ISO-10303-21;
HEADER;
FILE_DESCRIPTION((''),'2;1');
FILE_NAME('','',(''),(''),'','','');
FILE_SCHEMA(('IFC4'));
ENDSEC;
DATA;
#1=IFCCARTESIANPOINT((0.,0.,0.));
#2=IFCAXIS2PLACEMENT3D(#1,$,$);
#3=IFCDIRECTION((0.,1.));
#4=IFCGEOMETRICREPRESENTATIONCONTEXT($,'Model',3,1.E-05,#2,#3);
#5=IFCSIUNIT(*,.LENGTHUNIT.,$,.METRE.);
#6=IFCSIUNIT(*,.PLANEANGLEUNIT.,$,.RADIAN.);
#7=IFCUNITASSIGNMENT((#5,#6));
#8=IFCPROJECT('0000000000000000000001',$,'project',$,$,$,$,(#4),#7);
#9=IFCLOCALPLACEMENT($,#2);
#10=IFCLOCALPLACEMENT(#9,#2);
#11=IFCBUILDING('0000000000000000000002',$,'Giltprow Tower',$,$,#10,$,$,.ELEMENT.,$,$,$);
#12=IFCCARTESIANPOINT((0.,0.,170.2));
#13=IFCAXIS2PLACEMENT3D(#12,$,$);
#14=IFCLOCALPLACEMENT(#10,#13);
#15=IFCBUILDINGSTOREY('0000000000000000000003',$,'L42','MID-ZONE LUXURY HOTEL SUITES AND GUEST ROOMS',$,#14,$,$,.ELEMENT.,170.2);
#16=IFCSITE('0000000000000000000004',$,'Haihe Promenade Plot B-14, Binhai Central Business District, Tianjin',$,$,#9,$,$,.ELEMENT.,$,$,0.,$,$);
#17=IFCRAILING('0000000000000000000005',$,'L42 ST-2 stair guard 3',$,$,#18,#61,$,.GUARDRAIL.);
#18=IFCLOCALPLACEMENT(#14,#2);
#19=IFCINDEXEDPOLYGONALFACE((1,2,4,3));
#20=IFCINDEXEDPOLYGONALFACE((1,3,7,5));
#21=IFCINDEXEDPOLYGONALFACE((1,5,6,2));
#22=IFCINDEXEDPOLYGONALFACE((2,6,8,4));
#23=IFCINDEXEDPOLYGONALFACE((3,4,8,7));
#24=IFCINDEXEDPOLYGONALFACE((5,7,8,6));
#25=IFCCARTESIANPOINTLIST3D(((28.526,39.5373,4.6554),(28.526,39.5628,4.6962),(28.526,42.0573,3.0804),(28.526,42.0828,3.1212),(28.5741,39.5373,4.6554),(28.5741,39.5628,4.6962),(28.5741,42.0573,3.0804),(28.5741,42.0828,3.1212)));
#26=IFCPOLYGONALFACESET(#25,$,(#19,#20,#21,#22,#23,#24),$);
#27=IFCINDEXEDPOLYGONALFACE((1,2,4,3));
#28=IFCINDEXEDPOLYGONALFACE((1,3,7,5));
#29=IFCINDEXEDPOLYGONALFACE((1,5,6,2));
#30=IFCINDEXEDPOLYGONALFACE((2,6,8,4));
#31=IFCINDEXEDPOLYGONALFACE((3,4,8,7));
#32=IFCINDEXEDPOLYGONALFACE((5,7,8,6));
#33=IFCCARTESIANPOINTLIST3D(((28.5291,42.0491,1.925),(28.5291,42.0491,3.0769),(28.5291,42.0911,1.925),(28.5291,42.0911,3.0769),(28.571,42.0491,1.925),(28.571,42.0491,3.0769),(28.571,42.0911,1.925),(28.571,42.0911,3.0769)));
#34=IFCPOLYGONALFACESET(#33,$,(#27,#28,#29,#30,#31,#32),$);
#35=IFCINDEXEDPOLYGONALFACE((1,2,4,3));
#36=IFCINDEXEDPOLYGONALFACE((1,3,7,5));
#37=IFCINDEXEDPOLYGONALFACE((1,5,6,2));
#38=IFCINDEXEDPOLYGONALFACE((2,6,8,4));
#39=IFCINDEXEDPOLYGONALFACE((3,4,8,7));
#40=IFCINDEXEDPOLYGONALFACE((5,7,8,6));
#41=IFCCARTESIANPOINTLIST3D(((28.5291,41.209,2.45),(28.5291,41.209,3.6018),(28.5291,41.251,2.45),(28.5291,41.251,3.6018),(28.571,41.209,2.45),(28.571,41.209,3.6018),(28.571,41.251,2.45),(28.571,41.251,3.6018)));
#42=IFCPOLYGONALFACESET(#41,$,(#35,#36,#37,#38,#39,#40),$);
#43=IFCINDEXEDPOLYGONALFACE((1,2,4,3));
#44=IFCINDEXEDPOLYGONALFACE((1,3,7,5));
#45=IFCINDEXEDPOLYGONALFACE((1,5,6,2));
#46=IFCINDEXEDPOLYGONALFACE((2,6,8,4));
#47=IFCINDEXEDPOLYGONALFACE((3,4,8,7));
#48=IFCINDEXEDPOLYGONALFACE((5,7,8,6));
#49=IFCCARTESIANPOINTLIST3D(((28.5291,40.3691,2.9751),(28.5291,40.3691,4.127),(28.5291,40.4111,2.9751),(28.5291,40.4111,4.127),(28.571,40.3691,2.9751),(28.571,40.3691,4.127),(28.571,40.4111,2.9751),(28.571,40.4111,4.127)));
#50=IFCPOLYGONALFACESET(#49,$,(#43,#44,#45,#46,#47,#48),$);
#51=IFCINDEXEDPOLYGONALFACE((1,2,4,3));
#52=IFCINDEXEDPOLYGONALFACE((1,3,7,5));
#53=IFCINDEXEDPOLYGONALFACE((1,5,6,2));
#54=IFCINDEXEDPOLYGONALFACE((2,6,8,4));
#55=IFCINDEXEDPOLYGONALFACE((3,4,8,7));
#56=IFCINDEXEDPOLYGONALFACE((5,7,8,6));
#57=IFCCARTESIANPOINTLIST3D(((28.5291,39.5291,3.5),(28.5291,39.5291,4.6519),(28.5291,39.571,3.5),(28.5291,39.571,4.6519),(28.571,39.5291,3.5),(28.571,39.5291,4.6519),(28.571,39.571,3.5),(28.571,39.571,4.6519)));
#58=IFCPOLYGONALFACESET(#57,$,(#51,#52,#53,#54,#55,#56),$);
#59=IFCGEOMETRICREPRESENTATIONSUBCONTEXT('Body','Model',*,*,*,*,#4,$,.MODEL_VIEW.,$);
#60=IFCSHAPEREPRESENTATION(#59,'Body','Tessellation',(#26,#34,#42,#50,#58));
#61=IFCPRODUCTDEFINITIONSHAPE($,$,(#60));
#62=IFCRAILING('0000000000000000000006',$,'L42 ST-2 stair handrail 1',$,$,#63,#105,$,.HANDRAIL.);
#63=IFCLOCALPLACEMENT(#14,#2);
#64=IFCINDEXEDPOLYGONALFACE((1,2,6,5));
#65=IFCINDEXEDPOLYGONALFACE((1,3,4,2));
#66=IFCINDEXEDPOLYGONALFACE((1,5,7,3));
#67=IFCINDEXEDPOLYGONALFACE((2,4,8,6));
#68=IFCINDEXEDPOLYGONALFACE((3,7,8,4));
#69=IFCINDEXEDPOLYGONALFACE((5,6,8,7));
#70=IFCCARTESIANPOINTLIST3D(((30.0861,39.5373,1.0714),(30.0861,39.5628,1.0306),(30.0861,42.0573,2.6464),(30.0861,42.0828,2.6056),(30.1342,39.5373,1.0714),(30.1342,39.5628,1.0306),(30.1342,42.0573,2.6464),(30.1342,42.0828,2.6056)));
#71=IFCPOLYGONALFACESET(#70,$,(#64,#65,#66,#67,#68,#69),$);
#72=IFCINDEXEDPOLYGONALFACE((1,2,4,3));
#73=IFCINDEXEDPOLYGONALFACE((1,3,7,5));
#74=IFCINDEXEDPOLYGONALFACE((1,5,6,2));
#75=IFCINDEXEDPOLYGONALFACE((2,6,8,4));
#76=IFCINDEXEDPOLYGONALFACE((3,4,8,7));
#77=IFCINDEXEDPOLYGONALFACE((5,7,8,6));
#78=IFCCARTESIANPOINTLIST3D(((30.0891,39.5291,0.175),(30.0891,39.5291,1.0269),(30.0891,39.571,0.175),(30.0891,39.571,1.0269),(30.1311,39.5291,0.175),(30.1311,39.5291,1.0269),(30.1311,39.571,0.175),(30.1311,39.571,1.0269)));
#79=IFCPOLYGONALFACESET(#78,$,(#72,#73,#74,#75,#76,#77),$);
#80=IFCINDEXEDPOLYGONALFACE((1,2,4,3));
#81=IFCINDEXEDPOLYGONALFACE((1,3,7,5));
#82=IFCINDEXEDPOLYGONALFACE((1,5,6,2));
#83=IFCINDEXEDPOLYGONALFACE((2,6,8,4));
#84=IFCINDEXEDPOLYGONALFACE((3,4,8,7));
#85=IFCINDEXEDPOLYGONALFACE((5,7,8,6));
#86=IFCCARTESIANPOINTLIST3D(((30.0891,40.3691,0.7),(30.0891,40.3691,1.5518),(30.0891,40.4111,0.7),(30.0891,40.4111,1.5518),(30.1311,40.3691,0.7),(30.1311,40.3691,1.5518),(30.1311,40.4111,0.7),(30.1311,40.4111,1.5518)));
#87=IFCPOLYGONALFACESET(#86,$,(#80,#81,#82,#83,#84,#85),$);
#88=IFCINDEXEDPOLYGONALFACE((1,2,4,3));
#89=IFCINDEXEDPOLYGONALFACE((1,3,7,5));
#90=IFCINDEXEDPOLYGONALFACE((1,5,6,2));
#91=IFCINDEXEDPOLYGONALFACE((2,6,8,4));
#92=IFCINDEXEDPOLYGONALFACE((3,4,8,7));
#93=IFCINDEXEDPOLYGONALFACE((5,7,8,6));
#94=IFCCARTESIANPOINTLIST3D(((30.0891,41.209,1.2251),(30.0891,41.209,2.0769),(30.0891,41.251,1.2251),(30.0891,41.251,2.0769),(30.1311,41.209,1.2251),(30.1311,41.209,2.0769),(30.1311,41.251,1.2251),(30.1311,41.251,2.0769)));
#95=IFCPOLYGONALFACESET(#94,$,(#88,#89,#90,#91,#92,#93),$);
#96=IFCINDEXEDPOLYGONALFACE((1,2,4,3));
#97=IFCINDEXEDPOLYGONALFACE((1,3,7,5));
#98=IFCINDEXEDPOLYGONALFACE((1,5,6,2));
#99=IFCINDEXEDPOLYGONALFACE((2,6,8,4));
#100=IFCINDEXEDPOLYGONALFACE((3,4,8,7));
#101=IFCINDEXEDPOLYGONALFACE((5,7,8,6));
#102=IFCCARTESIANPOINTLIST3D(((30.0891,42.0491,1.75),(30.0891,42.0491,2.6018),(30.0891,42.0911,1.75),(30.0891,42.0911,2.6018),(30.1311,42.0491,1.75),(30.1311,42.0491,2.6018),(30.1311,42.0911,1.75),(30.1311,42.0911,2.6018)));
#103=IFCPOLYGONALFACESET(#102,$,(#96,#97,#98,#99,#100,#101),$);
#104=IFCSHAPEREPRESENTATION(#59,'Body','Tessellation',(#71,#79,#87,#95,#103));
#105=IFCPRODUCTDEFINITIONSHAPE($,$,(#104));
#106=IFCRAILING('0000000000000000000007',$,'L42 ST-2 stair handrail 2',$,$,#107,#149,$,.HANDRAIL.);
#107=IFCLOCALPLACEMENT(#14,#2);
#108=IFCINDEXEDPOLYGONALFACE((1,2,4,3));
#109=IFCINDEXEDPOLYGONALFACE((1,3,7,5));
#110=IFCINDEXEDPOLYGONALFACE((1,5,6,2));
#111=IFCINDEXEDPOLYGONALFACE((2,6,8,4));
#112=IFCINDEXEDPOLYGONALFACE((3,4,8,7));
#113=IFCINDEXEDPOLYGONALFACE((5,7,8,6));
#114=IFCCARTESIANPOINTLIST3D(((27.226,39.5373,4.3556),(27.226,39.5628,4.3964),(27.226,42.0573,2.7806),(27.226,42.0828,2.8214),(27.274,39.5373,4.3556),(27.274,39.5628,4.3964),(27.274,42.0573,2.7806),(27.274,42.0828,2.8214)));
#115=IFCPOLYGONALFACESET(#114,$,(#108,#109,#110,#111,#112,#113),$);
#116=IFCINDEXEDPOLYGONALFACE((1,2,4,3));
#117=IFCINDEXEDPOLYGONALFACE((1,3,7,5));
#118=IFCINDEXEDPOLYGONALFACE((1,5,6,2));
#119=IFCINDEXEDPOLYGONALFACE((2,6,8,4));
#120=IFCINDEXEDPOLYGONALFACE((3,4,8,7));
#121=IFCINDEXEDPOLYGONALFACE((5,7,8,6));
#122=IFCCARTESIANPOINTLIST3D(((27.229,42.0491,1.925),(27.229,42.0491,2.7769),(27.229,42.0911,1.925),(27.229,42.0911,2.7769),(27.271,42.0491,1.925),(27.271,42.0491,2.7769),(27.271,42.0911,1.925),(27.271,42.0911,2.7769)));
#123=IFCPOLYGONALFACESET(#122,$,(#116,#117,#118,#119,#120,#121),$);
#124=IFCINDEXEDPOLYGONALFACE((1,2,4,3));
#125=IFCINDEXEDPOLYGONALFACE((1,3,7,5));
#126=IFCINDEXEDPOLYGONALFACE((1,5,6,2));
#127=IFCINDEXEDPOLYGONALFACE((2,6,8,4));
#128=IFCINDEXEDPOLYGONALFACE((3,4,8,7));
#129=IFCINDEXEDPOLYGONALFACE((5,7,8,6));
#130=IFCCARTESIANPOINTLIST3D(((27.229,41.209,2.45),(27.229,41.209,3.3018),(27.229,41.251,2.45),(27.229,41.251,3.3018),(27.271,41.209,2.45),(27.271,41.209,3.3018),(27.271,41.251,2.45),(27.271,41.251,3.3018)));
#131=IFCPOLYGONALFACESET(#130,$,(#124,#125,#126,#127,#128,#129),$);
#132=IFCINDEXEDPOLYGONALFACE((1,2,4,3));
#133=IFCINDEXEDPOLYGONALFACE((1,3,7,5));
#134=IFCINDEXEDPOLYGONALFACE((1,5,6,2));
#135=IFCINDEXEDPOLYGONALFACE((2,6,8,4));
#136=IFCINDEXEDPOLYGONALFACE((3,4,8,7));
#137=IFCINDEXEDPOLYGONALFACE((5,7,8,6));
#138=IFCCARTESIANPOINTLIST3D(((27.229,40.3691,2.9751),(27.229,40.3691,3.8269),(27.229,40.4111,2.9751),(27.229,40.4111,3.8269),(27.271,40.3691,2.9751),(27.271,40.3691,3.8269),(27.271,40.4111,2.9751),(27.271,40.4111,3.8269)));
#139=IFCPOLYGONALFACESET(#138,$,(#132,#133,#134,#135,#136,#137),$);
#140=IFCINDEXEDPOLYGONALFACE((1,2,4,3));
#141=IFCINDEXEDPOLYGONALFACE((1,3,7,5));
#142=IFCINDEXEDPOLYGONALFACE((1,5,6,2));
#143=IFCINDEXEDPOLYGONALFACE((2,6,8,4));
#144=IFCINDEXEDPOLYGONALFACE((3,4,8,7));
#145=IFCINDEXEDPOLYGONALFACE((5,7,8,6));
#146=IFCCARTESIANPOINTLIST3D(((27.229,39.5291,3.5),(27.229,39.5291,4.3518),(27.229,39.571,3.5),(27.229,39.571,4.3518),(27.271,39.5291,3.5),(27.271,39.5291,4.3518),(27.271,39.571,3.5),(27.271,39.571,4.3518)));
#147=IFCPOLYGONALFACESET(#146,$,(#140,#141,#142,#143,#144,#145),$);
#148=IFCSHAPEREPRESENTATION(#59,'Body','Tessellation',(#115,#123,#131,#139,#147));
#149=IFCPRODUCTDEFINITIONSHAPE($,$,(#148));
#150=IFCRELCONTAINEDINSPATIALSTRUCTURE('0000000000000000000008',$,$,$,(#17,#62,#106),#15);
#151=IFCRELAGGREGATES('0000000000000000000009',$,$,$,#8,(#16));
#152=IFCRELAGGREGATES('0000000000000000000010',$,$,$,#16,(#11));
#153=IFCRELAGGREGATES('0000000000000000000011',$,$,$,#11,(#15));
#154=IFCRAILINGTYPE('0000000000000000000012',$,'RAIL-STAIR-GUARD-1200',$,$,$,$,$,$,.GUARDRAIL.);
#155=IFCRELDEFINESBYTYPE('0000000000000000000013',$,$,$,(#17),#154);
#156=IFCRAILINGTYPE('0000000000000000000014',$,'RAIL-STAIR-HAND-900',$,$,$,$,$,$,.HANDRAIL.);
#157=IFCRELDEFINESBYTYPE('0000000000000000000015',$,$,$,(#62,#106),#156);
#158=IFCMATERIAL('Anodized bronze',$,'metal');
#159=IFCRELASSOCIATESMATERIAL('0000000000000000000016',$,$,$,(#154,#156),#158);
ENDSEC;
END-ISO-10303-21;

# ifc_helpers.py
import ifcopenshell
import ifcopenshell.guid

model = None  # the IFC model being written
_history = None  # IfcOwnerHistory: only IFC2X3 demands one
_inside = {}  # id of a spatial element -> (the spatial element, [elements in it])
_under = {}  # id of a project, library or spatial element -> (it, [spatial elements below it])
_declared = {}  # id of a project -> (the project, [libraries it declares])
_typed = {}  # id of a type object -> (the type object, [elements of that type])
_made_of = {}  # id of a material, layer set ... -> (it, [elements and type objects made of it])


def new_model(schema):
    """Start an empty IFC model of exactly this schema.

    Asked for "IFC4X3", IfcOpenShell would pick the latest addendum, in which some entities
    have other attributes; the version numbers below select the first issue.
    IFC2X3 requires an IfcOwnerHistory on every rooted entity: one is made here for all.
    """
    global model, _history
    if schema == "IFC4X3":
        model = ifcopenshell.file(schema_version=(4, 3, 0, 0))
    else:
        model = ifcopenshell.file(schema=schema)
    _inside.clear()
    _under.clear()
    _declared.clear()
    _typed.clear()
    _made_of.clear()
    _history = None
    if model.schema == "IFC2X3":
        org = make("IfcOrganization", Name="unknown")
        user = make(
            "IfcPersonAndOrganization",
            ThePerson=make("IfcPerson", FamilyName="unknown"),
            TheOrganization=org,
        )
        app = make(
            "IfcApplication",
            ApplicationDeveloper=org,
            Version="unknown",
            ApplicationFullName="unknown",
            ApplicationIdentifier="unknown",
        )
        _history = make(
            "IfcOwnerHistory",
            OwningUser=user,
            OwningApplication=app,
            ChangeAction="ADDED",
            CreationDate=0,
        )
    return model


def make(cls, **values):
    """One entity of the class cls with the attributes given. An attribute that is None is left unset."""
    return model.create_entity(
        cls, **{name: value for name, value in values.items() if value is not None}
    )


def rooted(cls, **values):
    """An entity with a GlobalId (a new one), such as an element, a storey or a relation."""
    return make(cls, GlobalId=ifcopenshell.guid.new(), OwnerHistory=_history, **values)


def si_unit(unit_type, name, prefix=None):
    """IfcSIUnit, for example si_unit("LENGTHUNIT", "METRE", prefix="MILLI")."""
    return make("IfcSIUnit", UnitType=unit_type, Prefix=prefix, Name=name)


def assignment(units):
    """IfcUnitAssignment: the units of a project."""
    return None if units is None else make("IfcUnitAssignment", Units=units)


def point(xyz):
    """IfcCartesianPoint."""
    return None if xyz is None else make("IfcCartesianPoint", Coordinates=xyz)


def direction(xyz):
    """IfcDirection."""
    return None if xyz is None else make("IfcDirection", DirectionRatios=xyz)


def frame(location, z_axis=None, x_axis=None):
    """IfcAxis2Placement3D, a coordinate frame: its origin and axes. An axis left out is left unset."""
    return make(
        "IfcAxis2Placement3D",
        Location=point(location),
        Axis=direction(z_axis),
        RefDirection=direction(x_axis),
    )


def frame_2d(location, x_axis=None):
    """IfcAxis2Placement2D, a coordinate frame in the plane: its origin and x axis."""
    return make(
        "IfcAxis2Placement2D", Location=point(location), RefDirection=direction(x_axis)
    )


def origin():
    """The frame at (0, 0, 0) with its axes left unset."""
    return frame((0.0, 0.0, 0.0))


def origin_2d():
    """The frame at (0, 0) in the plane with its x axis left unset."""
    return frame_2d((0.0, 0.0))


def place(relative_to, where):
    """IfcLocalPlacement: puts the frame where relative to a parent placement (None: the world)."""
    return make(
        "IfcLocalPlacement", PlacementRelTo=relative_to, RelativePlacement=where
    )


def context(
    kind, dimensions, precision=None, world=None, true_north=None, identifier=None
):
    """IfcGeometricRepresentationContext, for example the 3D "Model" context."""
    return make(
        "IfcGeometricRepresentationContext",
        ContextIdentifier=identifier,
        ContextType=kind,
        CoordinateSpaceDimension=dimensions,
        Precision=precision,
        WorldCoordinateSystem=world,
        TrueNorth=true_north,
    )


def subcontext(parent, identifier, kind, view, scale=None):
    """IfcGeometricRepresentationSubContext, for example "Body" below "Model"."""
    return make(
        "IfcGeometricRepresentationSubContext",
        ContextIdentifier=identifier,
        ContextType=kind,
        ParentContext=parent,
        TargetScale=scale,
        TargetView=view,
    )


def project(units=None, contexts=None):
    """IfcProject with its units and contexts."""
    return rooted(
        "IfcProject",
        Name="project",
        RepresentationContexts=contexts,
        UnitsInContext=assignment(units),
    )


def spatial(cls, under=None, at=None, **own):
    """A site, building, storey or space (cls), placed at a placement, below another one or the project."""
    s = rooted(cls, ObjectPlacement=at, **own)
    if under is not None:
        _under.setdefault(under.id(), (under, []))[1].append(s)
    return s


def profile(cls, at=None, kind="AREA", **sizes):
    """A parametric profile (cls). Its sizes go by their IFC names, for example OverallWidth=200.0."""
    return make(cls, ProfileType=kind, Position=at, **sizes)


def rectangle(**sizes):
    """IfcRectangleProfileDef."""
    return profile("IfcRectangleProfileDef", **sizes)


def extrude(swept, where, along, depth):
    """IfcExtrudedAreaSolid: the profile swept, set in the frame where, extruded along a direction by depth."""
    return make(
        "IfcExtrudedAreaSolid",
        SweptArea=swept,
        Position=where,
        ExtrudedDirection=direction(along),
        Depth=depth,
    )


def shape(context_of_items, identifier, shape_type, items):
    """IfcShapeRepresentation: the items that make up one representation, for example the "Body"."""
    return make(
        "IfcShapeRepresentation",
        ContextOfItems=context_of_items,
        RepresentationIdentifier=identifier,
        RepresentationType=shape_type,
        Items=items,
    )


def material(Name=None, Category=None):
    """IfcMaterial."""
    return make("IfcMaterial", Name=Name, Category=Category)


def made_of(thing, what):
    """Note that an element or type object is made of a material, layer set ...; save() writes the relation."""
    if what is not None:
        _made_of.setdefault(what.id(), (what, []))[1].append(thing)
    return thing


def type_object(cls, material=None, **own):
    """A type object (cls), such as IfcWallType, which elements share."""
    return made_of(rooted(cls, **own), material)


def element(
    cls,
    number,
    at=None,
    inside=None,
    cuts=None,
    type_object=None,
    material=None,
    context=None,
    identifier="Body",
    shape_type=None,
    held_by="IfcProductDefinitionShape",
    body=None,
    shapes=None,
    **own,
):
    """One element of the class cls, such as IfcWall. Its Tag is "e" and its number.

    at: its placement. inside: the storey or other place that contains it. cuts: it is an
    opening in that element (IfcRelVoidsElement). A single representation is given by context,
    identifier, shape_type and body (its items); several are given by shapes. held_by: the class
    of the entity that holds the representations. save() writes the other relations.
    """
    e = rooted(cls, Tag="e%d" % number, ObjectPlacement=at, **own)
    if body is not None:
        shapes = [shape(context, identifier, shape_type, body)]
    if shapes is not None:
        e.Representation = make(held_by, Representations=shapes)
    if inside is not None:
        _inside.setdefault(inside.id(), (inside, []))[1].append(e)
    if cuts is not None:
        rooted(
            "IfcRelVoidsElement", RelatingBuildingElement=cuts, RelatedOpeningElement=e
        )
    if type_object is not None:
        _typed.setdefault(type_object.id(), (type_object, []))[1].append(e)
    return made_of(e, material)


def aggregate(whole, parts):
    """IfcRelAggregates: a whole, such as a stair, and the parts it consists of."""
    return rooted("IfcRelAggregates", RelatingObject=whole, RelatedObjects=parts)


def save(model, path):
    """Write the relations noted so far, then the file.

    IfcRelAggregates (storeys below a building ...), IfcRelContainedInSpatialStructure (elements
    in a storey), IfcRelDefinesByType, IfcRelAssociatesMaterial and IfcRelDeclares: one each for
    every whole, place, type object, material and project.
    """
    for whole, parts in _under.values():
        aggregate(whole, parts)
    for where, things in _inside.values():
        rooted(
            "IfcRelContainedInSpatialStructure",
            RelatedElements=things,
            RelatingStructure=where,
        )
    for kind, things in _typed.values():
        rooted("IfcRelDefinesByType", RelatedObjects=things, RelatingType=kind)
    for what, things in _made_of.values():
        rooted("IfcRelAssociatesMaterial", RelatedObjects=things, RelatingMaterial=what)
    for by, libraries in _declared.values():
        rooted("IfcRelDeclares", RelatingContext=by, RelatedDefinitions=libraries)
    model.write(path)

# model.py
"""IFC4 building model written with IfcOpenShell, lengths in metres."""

from ifc_helpers import new_model, si_unit, direction, frame, origin, origin_2d, place, context, subcontext, project, spatial, rectangle, extrude, material, type_object, element, save


model = new_model("IFC4")

# Units and contexts
model_context = context("Model", 3, precision=1e-05, world=origin(), true_north=direction((0.0, 1.0)))
body_context = subcontext(model_context, "Body", "Model", "MODEL_VIEW")
ifc_project = project(units=[si_unit("LENGTHUNIT", "METRE"), si_unit("PLANEANGLEUNIT", "RADIAN")], contexts=[model_context])

# Site, building, storey
site_placement = place(None, origin())
site = spatial("IfcSite", under=ifc_project, at=site_placement, Name="Haihe Promenade Plot B-14, Binhai Central Business District, Tianjin", CompositionType="ELEMENT", RefElevation=0.0)
building_placement = place(site_placement, origin())
building = spatial("IfcBuilding", under=site, at=building_placement, Name="Giltprow Tower", CompositionType="ELEMENT")
storey_placement = place(building_placement, frame((0.0, 0.0, 170.2)))
storey = spatial("IfcBuildingStorey", under=building, at=storey_placement, Name="L42", Description="MID-ZONE LUXURY HOTEL SUITES AND GUEST ROOMS", CompositionType="ELEMENT", Elevation=170.2)

# Railings
ifc_material_1 = material(Name="Anodized bronze", Category="metal")
railing_type_1 = type_object("IfcRailingType", Name="RAIL-STAIR-GUARD-1200", PredefinedType="GUARDRAIL", material=ifc_material_1)
railing_1_placement = place(storey_placement, frame((28.55, 42.0701, 1.925)))
element("IfcRailing", 1, at=railing_1_placement, inside=storey, type_object=railing_type_1, Name="L42 ST-2 stair guard 3", PredefinedType="GUARDRAIL", context=body_context, shape_type="SweptSolid", body=[
    extrude(rectangle(XDim=0.0481, YDim=0.0481, at=origin_2d()), frame((0.0, 0.0, 1.1758), z_axis=(0.0, -0.848008, 0.529984), x_axis=(1.0, 0.0, 0.0)), (0.0, 0.0, 1.0), 2.9717),
    extrude(rectangle(XDim=0.042, YDim=0.042, at=origin_2d()), origin(), (0.0, 0.0, 1.0), 1.1519),
    extrude(rectangle(XDim=0.042, YDim=0.042, at=origin_2d()), frame((0.0, -0.8401, 0.5249)), (0.0, 0.0, 1.0), 1.1519),
    extrude(rectangle(XDim=0.042, YDim=0.042, at=origin_2d()), frame((0.0, -1.6799, 1.05)), (0.0, 0.0, 1.0), 1.1519),
    extrude(rectangle(XDim=0.042, YDim=0.042, at=origin_2d()), frame((0.0, -2.52, 1.575)), (0.0, 0.0, 1.0), 1.1519),
])
railing_type_2 = type_object("IfcRailingType", Name="RAIL-STAIR-HAND-900", PredefinedType="HANDRAIL", material=ifc_material_1)
railing_2_placement = place(storey_placement, frame((30.1101, 39.55, 0.175)))
element("IfcRailing", 2, at=railing_2_placement, inside=storey, type_object=railing_type_2, Name="L42 ST-2 stair handrail 1", PredefinedType="HANDRAIL", context=body_context, shape_type="SweptSolid", body=[
    extrude(rectangle(XDim=0.0481, YDim=0.0481, at=origin_2d()), frame((0.0, 0.0, 0.876), z_axis=(0.0, 0.848008, 0.529984), x_axis=(-1.0, 0.0, 0.0)), (0.0, 0.0, 1.0), 2.9717),
    extrude(rectangle(XDim=0.042, YDim=0.042, at=origin_2d()), origin(), (0.0, 0.0, 1.0), 0.8518),
    extrude(rectangle(XDim=0.042, YDim=0.042, at=origin_2d()), frame((0.0, 0.8401, 0.5249)), (0.0, 0.0, 1.0), 0.8518),
    extrude(rectangle(XDim=0.042, YDim=0.042, at=origin_2d()), frame((0.0, 1.6799, 1.05)), (0.0, 0.0, 1.0), 0.8518),
    extrude(rectangle(XDim=0.042, YDim=0.042, at=origin_2d()), frame((0.0, 2.52, 1.575)), (0.0, 0.0, 1.0), 0.8518),
])
railing_3_placement = place(storey_placement, frame((27.25, 42.0701, 1.925)))
element("IfcRailing", 3, at=railing_3_placement, inside=storey, type_object=railing_type_2, Name="L42 ST-2 stair handrail 2", PredefinedType="HANDRAIL", context=body_context, shape_type="SweptSolid", body=[
    extrude(rectangle(XDim=0.0481, YDim=0.0481, at=origin_2d()), frame((0.0, 0.0, 0.876), z_axis=(0.0, -0.848008, 0.529984), x_axis=(1.0, 0.0, 0.0)), (0.0, 0.0, 1.0), 2.9717),
    extrude(rectangle(XDim=0.042, YDim=0.042, at=origin_2d()), origin(), (0.0, 0.0, 1.0), 0.8518),
    extrude(rectangle(XDim=0.042, YDim=0.042, at=origin_2d()), frame((0.0, -0.8401, 0.5249)), (0.0, 0.0, 1.0), 0.8518),
    extrude(rectangle(XDim=0.042, YDim=0.042, at=origin_2d()), frame((0.0, -1.6799, 1.05)), (0.0, 0.0, 1.0), 0.8518),
    extrude(rectangle(XDim=0.042, YDim=0.042, at=origin_2d()), frame((0.0, -2.52, 1.575)), (0.0, 0.0, 1.0), 0.8518),
])

save(model, "model.ifc")
